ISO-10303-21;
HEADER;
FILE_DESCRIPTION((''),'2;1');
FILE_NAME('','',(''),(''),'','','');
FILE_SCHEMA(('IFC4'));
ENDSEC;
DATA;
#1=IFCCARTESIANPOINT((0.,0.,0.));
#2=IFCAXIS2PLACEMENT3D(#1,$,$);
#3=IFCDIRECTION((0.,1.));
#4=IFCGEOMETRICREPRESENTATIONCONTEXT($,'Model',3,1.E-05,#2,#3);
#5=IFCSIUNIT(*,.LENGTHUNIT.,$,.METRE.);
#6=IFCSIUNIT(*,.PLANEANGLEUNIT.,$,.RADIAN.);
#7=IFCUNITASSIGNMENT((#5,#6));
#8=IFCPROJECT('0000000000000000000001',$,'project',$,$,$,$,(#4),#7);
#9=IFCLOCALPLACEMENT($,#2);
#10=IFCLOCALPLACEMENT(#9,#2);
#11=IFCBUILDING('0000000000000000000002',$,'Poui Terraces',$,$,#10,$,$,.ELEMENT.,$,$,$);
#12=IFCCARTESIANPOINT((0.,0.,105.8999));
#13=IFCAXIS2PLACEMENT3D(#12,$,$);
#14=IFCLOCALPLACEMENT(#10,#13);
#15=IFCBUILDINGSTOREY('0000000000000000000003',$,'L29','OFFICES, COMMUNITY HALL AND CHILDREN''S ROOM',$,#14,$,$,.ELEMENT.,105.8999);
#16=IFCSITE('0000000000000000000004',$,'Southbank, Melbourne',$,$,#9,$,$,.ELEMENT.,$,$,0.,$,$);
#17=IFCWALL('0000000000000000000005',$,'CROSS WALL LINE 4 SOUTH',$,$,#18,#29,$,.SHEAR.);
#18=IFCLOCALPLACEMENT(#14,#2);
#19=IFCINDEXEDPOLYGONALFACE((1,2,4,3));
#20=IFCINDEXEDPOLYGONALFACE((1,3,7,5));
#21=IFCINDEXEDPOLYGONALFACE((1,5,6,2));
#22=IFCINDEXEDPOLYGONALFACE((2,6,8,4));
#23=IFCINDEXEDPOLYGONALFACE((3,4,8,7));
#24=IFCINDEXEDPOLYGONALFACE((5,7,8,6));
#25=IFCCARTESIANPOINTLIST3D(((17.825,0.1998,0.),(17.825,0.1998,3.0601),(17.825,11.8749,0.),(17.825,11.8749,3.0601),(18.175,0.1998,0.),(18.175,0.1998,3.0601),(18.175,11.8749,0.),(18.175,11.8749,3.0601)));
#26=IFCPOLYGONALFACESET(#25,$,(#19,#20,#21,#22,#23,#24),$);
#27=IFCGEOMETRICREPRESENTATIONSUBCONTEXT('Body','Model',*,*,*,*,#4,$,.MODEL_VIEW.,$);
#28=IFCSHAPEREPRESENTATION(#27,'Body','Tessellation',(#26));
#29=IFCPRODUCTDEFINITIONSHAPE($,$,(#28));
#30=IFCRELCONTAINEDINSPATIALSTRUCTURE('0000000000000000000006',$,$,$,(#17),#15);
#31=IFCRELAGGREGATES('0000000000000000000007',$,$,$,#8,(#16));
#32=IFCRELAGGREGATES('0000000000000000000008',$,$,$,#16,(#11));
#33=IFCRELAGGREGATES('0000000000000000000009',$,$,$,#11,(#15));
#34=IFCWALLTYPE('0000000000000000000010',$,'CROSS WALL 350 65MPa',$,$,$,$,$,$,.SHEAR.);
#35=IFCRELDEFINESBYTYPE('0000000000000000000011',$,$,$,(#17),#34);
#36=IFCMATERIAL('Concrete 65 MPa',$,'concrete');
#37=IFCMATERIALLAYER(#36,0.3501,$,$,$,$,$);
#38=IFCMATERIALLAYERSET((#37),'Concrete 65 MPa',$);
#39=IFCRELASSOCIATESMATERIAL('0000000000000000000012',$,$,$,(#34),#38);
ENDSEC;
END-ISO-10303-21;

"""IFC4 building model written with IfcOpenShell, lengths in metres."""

from ifc_helpers import new_model, si_unit, direction, frame, frame_2d, origin, place, context, subcontext, project, spatial, rectangle, extrude, material, layer, layer_set, type_object, element, save


model = new_model("IFC4")

# Units and contexts
model_context = context("Model", 3, precision=1e-05, world=origin(), true_north=direction((0.0, 1.0)))
body_context = subcontext(model_context, "Body", "Model", "MODEL_VIEW")
ifc_project = project(units=[si_unit("LENGTHUNIT", "METRE"), si_unit("PLANEANGLEUNIT", "RADIAN")], contexts=[model_context])

# Site, building, storey
site_placement = place(None, origin())
site = spatial("IfcSite", under=ifc_project, at=site_placement, Name="Southbank, Melbourne", CompositionType="ELEMENT", RefElevation=0.0)
building_placement = place(site_placement, origin())
building = spatial("IfcBuilding", under=site, at=building_placement, Name="Poui Terraces", CompositionType="ELEMENT")
storey_placement = place(building_placement, frame((0.0, 0.0, 105.8999)))
storey = spatial("IfcBuildingStorey", under=building, at=storey_placement, Name="L29", Description="OFFICES, COMMUNITY HALL AND CHILDREN'S ROOM", CompositionType="ELEMENT", Elevation=105.8999)

# Wall
ifc_material_1 = material(Name="Concrete 65 MPa", Category="concrete")
ifc_layer_1 = layer(ifc_material_1, 0.3501)
ifc_layer_set_1 = layer_set([ifc_layer_1], Name="Concrete 65 MPa")
wall_type_1 = type_object("IfcWallType", Name="CROSS WALL 350 65MPa", PredefinedType="SHEAR", material=ifc_layer_set_1)
wall_1_placement = place(storey_placement, frame((18.0, 0.2, 0.0), z_axis=(0.0, 0.0, 1.0), x_axis=(0.0, 1.0, 0.0)))
element("IfcWall", 1, at=wall_1_placement, inside=storey, type_object=wall_type_1, Name="CROSS WALL LINE 4 SOUTH", PredefinedType="SHEAR", context=body_context, shape_type="SweptSolid", body=[
    extrude(rectangle(XDim=11.675, YDim=0.3501, at=frame_2d((5.8374, 0.0))), origin(), (0.0, 0.0, 1.0), 3.0601),
])

save(model, "model.ifc")
